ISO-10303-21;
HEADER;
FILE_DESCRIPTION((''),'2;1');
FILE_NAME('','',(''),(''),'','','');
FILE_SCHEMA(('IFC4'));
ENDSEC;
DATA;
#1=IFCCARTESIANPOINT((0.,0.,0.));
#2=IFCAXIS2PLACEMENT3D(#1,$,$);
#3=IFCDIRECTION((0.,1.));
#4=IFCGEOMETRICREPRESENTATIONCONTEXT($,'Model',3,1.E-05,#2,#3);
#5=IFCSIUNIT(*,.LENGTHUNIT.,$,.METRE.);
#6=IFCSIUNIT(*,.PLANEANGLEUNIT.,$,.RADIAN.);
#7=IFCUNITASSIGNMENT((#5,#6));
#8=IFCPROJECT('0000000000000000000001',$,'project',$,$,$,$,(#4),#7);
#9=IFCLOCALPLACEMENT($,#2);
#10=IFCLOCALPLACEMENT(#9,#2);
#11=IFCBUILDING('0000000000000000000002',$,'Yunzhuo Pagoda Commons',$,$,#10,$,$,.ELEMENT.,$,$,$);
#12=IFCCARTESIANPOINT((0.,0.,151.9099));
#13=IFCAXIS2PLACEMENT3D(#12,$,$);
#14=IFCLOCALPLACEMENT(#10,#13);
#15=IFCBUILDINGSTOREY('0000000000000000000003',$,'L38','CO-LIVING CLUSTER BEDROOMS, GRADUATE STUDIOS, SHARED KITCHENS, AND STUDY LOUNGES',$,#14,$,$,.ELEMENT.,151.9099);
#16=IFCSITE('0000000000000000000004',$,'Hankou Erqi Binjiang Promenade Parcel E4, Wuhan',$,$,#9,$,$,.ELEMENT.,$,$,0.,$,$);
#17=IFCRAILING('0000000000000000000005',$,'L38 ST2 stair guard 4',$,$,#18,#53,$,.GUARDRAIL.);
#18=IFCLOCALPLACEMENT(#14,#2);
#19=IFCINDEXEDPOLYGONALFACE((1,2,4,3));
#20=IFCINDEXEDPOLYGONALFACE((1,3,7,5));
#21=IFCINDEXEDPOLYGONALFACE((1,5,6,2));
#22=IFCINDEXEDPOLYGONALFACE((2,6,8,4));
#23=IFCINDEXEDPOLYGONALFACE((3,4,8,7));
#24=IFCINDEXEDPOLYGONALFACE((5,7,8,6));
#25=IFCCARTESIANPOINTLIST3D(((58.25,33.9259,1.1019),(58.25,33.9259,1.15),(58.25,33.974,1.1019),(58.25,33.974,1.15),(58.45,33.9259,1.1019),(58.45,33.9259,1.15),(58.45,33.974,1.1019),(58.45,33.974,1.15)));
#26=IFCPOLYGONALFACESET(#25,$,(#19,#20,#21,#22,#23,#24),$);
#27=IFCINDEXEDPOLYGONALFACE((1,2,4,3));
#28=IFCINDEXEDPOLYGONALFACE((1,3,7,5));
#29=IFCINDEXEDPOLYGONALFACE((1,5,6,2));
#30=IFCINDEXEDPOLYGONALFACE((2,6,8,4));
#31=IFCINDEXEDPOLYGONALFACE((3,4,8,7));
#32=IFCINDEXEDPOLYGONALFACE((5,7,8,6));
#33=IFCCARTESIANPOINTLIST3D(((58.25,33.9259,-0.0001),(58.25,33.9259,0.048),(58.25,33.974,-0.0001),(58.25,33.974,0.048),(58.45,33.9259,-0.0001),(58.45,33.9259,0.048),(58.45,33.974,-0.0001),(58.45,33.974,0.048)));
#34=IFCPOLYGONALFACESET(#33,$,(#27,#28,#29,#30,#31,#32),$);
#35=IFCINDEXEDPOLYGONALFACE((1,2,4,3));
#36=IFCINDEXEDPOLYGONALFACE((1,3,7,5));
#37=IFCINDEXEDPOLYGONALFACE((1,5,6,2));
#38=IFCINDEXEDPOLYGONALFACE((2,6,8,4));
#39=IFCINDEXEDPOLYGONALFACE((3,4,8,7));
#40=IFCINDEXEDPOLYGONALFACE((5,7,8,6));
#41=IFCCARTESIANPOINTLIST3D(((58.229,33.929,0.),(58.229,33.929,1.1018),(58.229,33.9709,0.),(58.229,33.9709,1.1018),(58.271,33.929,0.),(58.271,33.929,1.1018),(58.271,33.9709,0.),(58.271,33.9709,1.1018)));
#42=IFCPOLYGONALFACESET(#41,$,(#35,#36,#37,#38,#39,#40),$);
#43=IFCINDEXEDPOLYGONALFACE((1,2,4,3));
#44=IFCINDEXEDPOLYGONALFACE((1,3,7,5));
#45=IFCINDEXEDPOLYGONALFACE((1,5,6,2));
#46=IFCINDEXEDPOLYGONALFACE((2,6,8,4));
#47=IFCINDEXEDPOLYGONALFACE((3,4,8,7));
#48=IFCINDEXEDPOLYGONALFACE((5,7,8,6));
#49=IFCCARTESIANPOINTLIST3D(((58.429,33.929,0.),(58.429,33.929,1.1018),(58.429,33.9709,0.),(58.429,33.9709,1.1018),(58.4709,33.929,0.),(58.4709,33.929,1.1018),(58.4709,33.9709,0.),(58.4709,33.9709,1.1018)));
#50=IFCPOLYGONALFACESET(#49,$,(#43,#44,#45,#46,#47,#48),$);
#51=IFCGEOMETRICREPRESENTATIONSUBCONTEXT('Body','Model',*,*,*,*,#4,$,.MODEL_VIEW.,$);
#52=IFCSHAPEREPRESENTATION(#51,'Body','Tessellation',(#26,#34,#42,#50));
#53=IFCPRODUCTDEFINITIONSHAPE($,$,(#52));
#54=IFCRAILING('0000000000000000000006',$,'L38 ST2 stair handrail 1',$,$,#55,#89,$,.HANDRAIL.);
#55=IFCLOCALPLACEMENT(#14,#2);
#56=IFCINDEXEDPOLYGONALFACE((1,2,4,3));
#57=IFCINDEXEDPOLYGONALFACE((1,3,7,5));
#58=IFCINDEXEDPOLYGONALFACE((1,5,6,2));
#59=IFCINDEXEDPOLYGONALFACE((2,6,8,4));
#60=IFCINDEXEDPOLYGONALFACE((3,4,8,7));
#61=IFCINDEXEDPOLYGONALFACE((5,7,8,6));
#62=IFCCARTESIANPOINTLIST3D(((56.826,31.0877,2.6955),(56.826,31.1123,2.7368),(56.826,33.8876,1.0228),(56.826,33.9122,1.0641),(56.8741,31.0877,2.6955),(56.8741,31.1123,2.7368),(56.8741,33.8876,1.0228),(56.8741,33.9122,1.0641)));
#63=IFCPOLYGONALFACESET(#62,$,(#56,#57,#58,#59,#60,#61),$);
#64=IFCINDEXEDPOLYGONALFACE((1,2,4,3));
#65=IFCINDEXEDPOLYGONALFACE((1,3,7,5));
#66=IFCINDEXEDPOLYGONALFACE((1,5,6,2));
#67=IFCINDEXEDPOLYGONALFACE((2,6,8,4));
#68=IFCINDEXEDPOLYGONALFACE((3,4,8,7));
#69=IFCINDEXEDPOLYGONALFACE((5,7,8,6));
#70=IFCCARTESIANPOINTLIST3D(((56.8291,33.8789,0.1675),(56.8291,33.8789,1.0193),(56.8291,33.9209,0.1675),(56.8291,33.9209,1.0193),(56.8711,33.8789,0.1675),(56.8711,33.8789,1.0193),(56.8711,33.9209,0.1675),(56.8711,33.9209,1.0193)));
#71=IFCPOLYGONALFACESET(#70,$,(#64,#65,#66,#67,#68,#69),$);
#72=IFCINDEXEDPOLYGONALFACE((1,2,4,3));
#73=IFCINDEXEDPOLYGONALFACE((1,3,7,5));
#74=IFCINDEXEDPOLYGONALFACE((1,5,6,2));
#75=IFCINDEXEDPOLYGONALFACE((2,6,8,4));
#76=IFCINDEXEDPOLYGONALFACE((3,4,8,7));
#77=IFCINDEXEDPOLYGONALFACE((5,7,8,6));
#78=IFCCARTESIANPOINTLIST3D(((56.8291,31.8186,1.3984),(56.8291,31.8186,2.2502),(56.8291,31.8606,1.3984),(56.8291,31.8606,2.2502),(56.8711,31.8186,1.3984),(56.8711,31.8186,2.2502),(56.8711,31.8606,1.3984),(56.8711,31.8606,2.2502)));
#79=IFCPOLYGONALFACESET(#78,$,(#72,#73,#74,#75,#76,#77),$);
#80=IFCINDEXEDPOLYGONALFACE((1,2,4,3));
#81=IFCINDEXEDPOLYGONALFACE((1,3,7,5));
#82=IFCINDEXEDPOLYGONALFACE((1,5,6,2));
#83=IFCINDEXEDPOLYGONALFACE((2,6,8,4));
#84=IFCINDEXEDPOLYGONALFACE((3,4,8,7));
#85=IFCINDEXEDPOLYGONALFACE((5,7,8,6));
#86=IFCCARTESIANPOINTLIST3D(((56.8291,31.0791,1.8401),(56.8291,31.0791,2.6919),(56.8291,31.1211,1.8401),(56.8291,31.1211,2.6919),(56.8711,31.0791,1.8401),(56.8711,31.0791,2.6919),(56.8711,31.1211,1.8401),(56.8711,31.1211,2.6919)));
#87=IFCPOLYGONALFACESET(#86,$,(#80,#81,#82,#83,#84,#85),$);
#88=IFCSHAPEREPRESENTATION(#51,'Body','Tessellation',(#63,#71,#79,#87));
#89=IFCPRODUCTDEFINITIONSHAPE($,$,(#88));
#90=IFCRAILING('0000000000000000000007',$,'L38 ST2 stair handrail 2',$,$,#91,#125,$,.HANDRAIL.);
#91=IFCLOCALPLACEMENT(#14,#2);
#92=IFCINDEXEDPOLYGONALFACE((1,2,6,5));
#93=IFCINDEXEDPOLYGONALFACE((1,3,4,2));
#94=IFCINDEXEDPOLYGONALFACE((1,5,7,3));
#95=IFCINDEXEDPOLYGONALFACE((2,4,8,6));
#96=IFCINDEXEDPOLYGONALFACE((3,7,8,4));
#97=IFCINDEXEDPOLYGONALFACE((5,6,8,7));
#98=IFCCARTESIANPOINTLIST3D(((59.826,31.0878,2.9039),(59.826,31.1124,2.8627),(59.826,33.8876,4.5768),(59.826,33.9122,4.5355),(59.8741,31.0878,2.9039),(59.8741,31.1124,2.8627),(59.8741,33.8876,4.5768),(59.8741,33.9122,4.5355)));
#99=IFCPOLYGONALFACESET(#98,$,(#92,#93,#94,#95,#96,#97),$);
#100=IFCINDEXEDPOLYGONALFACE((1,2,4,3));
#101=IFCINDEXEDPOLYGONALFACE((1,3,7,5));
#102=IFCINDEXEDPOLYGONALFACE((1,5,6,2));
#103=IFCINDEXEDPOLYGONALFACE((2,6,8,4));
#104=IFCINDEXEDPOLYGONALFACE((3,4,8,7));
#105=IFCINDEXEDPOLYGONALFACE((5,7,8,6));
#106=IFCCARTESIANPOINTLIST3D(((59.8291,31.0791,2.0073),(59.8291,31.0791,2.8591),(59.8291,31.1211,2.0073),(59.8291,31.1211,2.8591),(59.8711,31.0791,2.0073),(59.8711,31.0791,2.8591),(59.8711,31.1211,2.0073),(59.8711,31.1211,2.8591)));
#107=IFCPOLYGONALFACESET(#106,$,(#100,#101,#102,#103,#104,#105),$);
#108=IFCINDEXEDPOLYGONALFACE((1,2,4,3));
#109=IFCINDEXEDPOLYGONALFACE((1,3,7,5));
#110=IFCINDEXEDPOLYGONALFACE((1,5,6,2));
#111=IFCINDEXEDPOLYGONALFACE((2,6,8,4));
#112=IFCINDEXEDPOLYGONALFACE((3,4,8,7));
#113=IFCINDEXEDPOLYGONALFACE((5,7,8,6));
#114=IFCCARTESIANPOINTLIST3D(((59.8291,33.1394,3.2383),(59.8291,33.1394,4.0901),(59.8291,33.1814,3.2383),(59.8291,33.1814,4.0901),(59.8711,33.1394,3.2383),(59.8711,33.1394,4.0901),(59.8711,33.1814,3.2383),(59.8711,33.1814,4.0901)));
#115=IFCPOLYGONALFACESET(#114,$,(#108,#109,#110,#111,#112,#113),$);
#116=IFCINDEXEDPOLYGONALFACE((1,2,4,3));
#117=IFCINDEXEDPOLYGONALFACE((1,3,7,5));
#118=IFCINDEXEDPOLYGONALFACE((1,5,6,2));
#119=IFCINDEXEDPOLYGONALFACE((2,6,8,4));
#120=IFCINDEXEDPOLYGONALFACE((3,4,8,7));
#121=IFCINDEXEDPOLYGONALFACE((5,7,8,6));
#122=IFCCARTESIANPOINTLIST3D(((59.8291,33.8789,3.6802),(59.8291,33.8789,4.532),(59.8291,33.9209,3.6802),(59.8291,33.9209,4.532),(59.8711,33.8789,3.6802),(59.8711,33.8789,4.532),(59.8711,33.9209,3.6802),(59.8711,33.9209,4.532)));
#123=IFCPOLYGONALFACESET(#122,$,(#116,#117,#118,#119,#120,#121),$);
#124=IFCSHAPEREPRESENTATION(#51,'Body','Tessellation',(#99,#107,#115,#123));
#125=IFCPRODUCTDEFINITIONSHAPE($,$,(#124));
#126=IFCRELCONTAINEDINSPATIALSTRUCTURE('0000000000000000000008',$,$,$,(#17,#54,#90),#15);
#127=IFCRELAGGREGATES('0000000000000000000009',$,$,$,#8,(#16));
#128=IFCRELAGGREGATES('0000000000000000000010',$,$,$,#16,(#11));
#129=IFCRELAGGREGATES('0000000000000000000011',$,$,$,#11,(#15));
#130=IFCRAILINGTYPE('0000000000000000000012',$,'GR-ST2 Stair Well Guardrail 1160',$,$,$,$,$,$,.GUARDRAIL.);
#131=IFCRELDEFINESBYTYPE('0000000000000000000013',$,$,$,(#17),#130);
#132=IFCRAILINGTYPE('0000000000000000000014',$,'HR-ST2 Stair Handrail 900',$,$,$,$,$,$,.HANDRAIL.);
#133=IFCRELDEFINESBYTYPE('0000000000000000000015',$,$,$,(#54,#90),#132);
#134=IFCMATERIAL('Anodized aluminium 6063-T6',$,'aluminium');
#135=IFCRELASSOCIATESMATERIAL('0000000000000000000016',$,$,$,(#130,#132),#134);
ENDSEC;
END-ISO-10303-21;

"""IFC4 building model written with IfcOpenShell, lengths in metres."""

from ifc_helpers import new_model, si_unit, direction, frame, origin, origin_2d, place, context, subcontext, project, spatial, rectangle, extrude, material, type_object, element, save


model = new_model("IFC4")

# Units and contexts
model_context = context("Model", 3, precision=1e-05, world=origin(), true_north=direction((0.0, 1.0)))
body_context = subcontext(model_context, "Body", "Model", "MODEL_VIEW")
ifc_project = project(units=[si_unit("LENGTHUNIT", "METRE"), si_unit("PLANEANGLEUNIT", "RADIAN")], contexts=[model_context])

# Site, building, storey
site_placement = place(None, origin())
site = spatial("IfcSite", under=ifc_project, at=site_placement, Name="Hankou Erqi Binjiang Promenade Parcel E4, Wuhan", CompositionType="ELEMENT", RefElevation=0.0)
building_placement = place(site_placement, origin())
building = spatial("IfcBuilding", under=site, at=building_placement, Name="Yunzhuo Pagoda Commons", CompositionType="ELEMENT")
storey_placement = place(building_placement, frame((0.0, 0.0, 151.9099)))
storey = spatial("IfcBuildingStorey", under=building, at=storey_placement, Name="L38", Description="CO-LIVING CLUSTER BEDROOMS, GRADUATE STUDIOS, SHARED KITCHENS, AND STUDY LOUNGES", CompositionType="ELEMENT", Elevation=151.9099)

# Railings
ifc_material_1 = material(Name="Anodized aluminium 6063-T6", Category="aluminium")
railing_type_1 = type_object("IfcRailingType", Name="GR-ST2 Stair Well Guardrail 1160", PredefinedType="GUARDRAIL", material=ifc_material_1)
railing_1_placement = place(storey_placement, frame((58.25, 33.95, 0.0)))
element("IfcRailing", 1, at=railing_1_placement, inside=storey, type_object=railing_type_1, Name="L38 ST2 stair guard 4", PredefinedType="GUARDRAIL", context=body_context, shape_type="SweptSolid", body=[
    extrude(rectangle(XDim=0.0481, YDim=0.0481, at=origin_2d()), frame((0.0, 0.0, 1.126), z_axis=(1.0, 0.0, 0.0), x_axis=(0.0, 1.0, 0.0)), (0.0, 0.0, 1.0), 0.2),
    extrude(rectangle(XDim=0.0481, YDim=0.0481, at=origin_2d()), frame((0.0, 0.0, 0.0239), z_axis=(1.0, 0.0, 0.0), x_axis=(0.0, 1.0, 0.0)), (0.0, 0.0, 1.0), 0.2),
    extrude(rectangle(XDim=0.042, YDim=0.042, at=origin_2d()), origin(), (0.0, 0.0, 1.0), 1.1018),
    extrude(rectangle(XDim=0.042, YDim=0.042, at=origin_2d()), frame((0.2, 0.0, 0.0)), (0.0, 0.0, 1.0), 1.1018),
])
railing_type_2 = type_object("IfcRailingType", Name="HR-ST2 Stair Handrail 900", PredefinedType="HANDRAIL", material=ifc_material_1)
railing_2_placement = place(storey_placement, frame((56.8501, 33.8999, 0.1675)))
element("IfcRailing", 2, at=railing_2_placement, inside=storey, type_object=railing_type_2, Name="L38 ST2 stair handrail 1", PredefinedType="HANDRAIL", context=body_context, shape_type="SweptSolid", body=[
    extrude(rectangle(XDim=0.0481, YDim=0.0481, at=origin_2d()), frame((0.0, 0.0, 0.876), z_axis=(0.0, -0.858476, 0.512855), x_axis=(1.0, 0.0, 0.0)), (0.0, 0.0, 1.0), 3.2615),
    extrude(rectangle(XDim=0.042, YDim=0.042, at=origin_2d()), origin(), (0.0, 0.0, 1.0), 0.8518),
    extrude(rectangle(XDim=0.042, YDim=0.042, at=origin_2d()), frame((0.0, -2.0603, 1.231)), (0.0, 0.0, 1.0), 0.8518),
    extrude(rectangle(XDim=0.042, YDim=0.042, at=origin_2d()), frame((0.0, -2.7998, 1.6726)), (0.0, 0.0, 1.0), 0.8518),
])
railing_3_placement = place(storey_placement, frame((59.8501, 31.1001, 2.0073)))
element("IfcRailing", 3, at=railing_3_placement, inside=storey, type_object=railing_type_2, Name="L38 ST2 stair handrail 2", PredefinedType="HANDRAIL", context=body_context, shape_type="SweptSolid", body=[
    extrude(rectangle(XDim=0.0481, YDim=0.0481, at=origin_2d()), frame((0.0, 0.0, 0.876), z_axis=(0.0, 0.858443, 0.51291), x_axis=(-1.0, 0.0, 0.0)), (0.0, 0.0, 1.0), 3.2615),
    extrude(rectangle(XDim=0.042, YDim=0.042, at=origin_2d()), origin(), (0.0, 0.0, 1.0), 0.8518),
    extrude(rectangle(XDim=0.042, YDim=0.042, at=origin_2d()), frame((0.0, 2.0603, 1.231)), (0.0, 0.0, 1.0), 0.8518),
    extrude(rectangle(XDim=0.042, YDim=0.042, at=origin_2d()), frame((0.0, 2.7998, 1.6729)), (0.0, 0.0, 1.0), 0.8518),
])

save(model, "model.ifc")
